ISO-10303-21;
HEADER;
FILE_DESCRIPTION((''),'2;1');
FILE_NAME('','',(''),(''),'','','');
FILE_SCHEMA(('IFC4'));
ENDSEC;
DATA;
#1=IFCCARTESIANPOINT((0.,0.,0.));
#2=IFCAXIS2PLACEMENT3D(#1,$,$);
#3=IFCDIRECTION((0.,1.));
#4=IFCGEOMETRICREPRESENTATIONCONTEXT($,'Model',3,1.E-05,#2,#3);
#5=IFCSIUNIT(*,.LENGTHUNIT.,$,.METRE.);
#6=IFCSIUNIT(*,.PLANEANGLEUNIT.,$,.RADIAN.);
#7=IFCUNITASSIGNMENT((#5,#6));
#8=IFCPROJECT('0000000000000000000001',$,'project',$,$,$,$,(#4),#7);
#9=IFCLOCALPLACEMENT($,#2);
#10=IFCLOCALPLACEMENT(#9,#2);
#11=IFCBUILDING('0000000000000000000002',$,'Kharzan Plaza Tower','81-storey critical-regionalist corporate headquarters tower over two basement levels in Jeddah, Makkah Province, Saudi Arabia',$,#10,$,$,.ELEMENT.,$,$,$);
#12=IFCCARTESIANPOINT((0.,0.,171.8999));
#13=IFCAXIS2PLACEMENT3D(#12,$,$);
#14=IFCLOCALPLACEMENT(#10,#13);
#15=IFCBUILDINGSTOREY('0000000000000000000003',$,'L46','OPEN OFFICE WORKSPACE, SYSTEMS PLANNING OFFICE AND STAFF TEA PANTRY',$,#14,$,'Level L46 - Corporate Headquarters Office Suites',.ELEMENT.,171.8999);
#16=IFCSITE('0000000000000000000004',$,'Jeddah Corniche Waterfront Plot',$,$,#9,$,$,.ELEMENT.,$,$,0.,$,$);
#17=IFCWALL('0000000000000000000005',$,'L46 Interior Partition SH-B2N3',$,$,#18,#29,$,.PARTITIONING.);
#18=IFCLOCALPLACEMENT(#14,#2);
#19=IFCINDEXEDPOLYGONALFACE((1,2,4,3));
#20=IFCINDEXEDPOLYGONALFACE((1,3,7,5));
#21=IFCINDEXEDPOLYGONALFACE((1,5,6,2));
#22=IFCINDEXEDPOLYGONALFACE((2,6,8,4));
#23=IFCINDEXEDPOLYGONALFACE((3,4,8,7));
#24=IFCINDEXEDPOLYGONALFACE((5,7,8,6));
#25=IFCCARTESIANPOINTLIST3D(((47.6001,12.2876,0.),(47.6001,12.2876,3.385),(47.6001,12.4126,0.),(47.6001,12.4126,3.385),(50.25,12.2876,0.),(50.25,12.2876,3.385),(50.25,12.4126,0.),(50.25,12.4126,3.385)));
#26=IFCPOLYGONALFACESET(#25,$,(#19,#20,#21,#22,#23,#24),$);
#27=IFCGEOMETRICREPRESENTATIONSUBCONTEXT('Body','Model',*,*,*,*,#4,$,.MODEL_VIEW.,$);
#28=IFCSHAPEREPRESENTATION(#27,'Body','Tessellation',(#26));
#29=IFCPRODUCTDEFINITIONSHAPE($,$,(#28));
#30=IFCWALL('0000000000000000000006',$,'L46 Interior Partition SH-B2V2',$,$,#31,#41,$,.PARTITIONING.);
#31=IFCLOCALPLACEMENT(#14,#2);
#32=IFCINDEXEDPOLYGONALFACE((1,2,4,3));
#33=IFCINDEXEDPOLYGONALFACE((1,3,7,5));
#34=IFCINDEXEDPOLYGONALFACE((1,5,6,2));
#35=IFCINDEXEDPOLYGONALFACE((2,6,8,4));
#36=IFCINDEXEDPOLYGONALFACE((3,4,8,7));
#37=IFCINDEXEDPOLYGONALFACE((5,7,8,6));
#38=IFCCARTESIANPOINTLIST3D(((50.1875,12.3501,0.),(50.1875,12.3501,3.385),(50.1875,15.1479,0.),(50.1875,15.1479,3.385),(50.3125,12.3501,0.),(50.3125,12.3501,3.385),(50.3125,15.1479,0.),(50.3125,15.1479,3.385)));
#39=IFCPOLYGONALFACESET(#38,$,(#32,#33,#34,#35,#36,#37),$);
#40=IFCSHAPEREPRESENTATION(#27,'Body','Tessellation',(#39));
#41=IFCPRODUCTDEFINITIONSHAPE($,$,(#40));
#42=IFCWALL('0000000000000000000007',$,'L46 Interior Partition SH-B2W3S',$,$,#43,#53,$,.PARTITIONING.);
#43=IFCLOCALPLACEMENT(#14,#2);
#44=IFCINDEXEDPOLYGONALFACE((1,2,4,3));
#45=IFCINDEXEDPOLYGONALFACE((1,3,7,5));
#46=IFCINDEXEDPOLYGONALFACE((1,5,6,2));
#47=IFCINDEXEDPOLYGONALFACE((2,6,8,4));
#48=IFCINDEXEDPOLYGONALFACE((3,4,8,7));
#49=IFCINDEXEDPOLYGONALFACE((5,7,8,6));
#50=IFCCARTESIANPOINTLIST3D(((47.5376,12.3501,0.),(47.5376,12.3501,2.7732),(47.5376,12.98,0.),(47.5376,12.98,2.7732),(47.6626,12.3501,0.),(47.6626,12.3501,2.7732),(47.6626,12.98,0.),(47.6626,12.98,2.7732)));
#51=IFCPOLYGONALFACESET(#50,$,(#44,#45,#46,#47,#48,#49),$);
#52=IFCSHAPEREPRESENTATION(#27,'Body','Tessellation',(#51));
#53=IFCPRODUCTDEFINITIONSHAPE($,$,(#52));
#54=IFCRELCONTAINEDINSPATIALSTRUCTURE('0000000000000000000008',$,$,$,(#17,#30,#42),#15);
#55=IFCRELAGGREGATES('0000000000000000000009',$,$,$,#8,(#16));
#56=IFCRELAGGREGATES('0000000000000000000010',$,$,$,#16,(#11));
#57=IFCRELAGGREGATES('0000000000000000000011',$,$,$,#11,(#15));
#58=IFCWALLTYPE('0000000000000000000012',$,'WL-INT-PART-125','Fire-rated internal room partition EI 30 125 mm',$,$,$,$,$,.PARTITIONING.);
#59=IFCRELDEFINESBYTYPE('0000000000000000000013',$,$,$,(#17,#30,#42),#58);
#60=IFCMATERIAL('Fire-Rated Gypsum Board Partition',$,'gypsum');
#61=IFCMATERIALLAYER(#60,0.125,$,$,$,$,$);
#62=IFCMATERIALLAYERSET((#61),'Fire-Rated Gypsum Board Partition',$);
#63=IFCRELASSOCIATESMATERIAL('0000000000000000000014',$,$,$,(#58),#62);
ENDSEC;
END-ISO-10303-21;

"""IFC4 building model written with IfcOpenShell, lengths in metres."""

from ifc_helpers import new_model, si_unit, direction, frame, frame_2d, origin, place, context, subcontext, project, spatial, rectangle, extrude, source, transform, mapped, material, layer, layer_set, type_object, element, save


model = new_model("IFC4")

# Units and contexts
model_context = context("Model", 3, precision=1e-05, world=origin(), true_north=direction((0.0, 1.0)))
body_context = subcontext(model_context, "Body", "Model", "MODEL_VIEW")
ifc_project = project(units=[si_unit("LENGTHUNIT", "METRE"), si_unit("PLANEANGLEUNIT", "RADIAN")], contexts=[model_context])

# Site, building, storey
site_placement = place(None, origin())
site = spatial("IfcSite", under=ifc_project, at=site_placement, Name="Jeddah Corniche Waterfront Plot", CompositionType="ELEMENT", RefElevation=0.0)
building_placement = place(site_placement, origin())
building = spatial("IfcBuilding", under=site, at=building_placement, Name="Kharzan Plaza Tower", Description="81-storey critical-regionalist corporate headquarters tower over two basement levels in Jeddah, Makkah Province, Saudi Arabia", CompositionType="ELEMENT")
storey_placement = place(building_placement, frame((0.0, 0.0, 171.8999)))
storey = spatial("IfcBuildingStorey", under=building, at=storey_placement, Name="L46", Description="OPEN OFFICE WORKSPACE, SYSTEMS PLANNING OFFICE AND STAFF TEA PANTRY", LongName="Level L46 - Corporate Headquarters Office Suites", CompositionType="ELEMENT", Elevation=171.8999)

# Shared definitions
ifc_material_1 = material(Name="Fire-Rated Gypsum Board Partition", Category="gypsum")
ifc_layer_1 = layer(ifc_material_1, 0.125)
ifc_layer_set_1 = layer_set([ifc_layer_1], Name="Fire-Rated Gypsum Board Partition")
wall_type_1 = type_object("IfcWallType", Name="WL-INT-PART-125", Description="Fire-rated internal room partition EI 30 125 mm", PredefinedType="PARTITIONING", material=ifc_layer_set_1)

# Walls
shared_shape_1 = source(origin(), body_context, "Body", "SweptSolid", [
    extrude(rectangle(XDim=2.6499, YDim=0.125, at=frame_2d((1.325, 0.0))), origin(), (0.0, 0.0, 1.0), 3.385),
])
wall_1_placement = place(storey_placement, frame((47.6001, 12.3501, 0.0), z_axis=(0.0, 0.0, 1.0), x_axis=(1.0, 0.0, 0.0)))
element("IfcWall", 1, at=wall_1_placement, inside=storey, type_object=wall_type_1, Name="L46 Interior Partition SH-B2N3", PredefinedType="PARTITIONING", context=body_context, shape_type="MappedRepresentation", body=[
    mapped(shared_shape_1, transform((0.0, 0.0, 0.0), x_axis=(1.0, 0.0, 0.0), y_axis=(0.0, 1.0, 0.0), z_axis=(0.0, 0.0, 1.0))),
])
shared_shape_2 = source(origin(), body_context, "Body", "SweptSolid", [
    extrude(rectangle(XDim=2.7979, YDim=0.125, at=frame_2d((1.3989, 0.0))), origin(), (0.0, 0.0, 1.0), 3.385),
])
wall_2_placement = place(storey_placement, frame((50.25, 12.3501, 0.0), z_axis=(0.0, 0.0, 1.0), x_axis=(0.0, 1.0, 0.0)))
element("IfcWall", 2, at=wall_2_placement, inside=storey, type_object=wall_type_1, Name="L46 Interior Partition SH-B2V2", PredefinedType="PARTITIONING", context=body_context, shape_type="MappedRepresentation", body=[
    mapped(shared_shape_2, transform((0.0, 0.0, 0.0), x_axis=(1.0, 0.0, 0.0), y_axis=(0.0, 1.0, 0.0), z_axis=(0.0, 0.0, 1.0))),
])
shared_shape_3 = source(origin(), body_context, "Body", "SweptSolid", [
    extrude(rectangle(XDim=0.6299, YDim=0.125, at=frame_2d((0.3149, 0.0))), origin(), (0.0, 0.0, 1.0), 2.7732),
])
wall_3_placement = place(storey_placement, frame((47.6001, 12.3501, 0.0), z_axis=(0.0, 0.0, 1.0), x_axis=(0.0, 1.0, 0.0)))
element("IfcWall", 3, at=wall_3_placement, inside=storey, type_object=wall_type_1, Name="L46 Interior Partition SH-B2W3S", PredefinedType="PARTITIONING", context=body_context, shape_type="MappedRepresentation", body=[
    mapped(shared_shape_3, transform((0.0, 0.0, 0.0), x_axis=(1.0, 0.0, 0.0), y_axis=(0.0, 1.0, 0.0), z_axis=(0.0, 0.0, 1.0))),
])

save(model, "model.ifc")
